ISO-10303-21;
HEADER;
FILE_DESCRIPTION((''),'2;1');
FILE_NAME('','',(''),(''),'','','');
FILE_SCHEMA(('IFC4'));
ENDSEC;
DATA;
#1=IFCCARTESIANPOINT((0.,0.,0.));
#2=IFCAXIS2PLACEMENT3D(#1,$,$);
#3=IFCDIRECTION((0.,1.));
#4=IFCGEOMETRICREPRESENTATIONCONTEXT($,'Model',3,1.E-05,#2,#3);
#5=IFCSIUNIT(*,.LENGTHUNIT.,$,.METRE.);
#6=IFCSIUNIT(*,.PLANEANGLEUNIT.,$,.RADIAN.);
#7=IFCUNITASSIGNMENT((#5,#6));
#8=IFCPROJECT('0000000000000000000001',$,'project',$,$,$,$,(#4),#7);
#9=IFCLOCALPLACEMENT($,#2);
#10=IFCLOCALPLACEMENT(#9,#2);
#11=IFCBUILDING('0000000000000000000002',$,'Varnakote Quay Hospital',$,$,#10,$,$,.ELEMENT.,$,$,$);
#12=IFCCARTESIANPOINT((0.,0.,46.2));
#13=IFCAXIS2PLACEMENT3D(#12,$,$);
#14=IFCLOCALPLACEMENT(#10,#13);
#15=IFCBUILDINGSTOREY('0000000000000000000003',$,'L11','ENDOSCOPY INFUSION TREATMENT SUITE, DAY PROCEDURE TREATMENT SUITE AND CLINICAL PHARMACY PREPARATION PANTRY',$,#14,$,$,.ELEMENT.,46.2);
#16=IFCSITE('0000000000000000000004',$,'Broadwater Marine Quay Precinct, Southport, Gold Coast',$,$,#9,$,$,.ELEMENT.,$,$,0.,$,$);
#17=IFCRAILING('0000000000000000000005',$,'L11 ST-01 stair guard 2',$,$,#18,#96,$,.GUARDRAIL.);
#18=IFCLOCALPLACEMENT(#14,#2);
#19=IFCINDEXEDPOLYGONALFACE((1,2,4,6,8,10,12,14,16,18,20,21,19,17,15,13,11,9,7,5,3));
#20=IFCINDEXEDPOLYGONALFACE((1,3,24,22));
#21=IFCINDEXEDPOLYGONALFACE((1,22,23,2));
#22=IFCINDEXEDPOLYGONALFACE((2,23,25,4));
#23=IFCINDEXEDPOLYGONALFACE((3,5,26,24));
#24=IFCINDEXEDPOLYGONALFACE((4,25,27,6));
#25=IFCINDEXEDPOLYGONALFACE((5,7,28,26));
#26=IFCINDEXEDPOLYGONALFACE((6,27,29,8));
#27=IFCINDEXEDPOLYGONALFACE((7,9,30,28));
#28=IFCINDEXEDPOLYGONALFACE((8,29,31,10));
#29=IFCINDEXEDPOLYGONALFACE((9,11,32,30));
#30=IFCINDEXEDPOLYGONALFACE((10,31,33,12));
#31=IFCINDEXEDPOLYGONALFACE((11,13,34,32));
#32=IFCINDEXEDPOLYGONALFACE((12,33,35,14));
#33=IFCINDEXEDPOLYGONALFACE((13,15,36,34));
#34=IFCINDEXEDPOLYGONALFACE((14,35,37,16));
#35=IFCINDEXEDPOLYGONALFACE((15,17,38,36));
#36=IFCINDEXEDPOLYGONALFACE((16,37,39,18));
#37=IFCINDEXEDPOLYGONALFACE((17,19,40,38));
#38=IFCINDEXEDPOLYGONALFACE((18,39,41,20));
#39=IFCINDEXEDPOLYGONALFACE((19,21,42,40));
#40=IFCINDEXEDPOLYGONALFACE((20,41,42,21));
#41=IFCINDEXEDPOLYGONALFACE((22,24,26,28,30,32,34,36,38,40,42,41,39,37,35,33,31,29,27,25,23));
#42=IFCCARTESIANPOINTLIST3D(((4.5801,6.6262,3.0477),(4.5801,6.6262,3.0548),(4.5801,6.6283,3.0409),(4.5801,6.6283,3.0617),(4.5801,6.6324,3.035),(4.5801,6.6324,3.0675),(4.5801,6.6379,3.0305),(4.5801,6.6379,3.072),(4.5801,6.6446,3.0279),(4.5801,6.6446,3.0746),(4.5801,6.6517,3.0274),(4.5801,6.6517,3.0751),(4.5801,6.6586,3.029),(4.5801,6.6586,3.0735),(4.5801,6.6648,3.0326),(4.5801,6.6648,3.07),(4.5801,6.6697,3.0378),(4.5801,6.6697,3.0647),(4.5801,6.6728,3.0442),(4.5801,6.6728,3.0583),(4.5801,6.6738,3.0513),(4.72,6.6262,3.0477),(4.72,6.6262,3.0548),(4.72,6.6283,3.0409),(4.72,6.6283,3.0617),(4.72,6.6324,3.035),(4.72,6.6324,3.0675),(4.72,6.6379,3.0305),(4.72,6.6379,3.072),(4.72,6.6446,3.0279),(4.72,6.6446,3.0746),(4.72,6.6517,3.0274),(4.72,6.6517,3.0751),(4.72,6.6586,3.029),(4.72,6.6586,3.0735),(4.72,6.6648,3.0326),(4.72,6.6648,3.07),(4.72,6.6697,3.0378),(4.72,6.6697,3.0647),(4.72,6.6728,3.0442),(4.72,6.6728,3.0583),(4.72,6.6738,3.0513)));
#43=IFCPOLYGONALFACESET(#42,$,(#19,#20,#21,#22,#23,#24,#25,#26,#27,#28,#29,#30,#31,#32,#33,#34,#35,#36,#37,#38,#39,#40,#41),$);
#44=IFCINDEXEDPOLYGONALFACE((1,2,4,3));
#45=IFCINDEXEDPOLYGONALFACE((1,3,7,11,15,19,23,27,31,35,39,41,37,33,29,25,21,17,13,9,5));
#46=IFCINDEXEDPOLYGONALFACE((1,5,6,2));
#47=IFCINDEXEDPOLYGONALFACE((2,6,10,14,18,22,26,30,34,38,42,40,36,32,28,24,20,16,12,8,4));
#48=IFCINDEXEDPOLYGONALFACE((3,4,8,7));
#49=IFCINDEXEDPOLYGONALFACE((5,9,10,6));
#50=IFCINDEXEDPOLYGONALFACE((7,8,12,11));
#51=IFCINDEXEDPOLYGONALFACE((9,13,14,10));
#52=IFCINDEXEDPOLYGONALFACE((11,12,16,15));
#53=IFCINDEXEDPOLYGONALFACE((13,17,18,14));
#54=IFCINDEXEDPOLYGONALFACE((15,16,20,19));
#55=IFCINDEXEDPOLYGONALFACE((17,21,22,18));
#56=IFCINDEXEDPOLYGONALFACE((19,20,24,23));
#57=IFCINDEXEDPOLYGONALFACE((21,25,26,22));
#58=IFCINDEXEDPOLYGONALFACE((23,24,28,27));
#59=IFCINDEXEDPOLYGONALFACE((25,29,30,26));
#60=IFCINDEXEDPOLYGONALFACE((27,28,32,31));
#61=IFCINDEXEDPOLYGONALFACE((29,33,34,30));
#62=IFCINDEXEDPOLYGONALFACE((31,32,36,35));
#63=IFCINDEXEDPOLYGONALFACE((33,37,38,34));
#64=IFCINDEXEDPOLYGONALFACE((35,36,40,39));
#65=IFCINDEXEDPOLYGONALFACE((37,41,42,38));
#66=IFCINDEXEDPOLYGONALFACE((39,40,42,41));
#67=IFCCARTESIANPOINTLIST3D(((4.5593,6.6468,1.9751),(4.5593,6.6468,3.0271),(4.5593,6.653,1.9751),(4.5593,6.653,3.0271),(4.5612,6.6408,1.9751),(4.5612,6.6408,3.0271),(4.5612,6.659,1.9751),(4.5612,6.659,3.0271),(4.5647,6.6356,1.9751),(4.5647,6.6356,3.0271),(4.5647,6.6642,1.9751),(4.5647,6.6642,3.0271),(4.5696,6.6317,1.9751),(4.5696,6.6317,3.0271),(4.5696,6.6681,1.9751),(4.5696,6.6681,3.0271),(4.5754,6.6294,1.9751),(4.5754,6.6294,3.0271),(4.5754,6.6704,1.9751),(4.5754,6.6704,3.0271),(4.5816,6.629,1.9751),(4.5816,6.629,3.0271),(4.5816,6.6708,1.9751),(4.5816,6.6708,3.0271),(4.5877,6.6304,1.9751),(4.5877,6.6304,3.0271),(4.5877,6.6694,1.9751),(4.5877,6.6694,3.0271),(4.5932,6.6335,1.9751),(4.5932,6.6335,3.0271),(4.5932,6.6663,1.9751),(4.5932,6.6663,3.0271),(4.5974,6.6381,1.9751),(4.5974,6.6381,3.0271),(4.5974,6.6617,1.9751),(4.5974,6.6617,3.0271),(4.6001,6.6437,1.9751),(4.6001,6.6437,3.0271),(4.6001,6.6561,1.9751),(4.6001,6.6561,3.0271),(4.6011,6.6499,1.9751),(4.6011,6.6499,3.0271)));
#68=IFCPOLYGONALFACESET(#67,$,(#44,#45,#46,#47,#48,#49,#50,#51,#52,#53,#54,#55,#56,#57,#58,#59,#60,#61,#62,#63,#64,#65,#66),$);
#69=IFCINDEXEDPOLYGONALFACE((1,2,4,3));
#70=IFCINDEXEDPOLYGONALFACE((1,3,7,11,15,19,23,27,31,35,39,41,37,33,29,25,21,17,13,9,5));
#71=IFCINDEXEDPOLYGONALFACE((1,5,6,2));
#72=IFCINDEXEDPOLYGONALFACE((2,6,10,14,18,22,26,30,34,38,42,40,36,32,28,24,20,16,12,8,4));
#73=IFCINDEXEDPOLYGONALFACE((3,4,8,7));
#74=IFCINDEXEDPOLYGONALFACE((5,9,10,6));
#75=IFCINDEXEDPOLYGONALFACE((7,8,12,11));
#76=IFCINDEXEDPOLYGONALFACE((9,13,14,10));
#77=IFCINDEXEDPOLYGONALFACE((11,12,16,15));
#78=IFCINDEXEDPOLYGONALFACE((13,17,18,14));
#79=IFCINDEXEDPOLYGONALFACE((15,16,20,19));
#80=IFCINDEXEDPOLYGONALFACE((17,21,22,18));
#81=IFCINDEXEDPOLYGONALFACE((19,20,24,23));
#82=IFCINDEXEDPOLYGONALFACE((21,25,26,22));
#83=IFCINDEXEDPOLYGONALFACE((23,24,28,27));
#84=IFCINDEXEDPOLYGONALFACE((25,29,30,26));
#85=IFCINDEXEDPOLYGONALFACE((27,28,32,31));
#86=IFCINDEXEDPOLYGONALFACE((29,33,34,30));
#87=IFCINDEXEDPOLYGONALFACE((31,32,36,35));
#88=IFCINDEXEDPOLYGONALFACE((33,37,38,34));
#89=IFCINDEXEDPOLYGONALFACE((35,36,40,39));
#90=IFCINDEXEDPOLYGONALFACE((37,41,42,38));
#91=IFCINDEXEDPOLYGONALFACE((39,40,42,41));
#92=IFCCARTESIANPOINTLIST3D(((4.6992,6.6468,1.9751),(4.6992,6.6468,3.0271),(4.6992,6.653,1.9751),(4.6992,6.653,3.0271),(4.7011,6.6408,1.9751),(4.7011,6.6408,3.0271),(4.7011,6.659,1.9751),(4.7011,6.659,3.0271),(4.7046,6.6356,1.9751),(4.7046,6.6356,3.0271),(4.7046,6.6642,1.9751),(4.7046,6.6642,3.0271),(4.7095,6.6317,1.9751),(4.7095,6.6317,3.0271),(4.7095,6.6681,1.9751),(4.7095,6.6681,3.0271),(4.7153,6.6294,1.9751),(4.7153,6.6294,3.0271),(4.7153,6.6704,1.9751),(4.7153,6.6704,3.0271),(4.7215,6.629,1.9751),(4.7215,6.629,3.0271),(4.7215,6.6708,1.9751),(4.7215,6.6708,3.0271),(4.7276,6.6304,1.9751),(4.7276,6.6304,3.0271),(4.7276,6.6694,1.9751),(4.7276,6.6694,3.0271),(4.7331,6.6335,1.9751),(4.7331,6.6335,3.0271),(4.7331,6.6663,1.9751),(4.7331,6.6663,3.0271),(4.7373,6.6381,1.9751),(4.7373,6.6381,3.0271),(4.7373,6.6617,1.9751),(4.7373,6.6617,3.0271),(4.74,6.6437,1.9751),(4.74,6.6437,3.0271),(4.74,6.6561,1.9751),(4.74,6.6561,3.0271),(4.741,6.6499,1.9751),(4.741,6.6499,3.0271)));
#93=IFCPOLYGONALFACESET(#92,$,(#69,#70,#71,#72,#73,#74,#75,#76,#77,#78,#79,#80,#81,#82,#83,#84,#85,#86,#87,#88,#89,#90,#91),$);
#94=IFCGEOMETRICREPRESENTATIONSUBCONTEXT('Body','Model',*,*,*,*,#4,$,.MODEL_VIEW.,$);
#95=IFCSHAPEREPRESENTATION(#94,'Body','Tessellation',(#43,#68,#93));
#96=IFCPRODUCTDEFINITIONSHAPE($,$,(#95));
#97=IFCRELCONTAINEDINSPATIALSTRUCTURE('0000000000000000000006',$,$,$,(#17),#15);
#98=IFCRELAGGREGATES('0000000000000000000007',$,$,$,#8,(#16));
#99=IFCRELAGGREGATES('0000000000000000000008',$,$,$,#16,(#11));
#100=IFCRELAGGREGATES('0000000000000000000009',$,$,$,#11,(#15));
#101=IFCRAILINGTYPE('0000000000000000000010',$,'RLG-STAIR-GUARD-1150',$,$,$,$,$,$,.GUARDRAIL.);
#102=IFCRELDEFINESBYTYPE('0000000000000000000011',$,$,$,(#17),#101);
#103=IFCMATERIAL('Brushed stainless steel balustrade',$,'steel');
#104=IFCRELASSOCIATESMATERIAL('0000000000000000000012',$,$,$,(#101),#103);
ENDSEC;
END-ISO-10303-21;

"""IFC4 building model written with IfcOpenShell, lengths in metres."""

from ifc_helpers import new_model, si_unit, direction, frame, origin, origin_2d, place, context, subcontext, project, spatial, circle, extrude, material, type_object, element, save


model = new_model("IFC4")

# Units and contexts
model_context = context("Model", 3, precision=1e-05, world=origin(), true_north=direction((0.0, 1.0)))
body_context = subcontext(model_context, "Body", "Model", "MODEL_VIEW")
ifc_project = project(units=[si_unit("LENGTHUNIT", "METRE"), si_unit("PLANEANGLEUNIT", "RADIAN")], contexts=[model_context])

# Site, building, storey
site_placement = place(None, origin())
site = spatial("IfcSite", under=ifc_project, at=site_placement, Name="Broadwater Marine Quay Precinct, Southport, Gold Coast", CompositionType="ELEMENT", RefElevation=0.0)
building_placement = place(site_placement, origin())
building = spatial("IfcBuilding", under=site, at=building_placement, Name="Varnakote Quay Hospital", CompositionType="ELEMENT")
storey_placement = place(building_placement, frame((0.0, 0.0, 46.2)))
storey = spatial("IfcBuildingStorey", under=building, at=storey_placement, Name="L11", Description="ENDOSCOPY INFUSION TREATMENT SUITE, DAY PROCEDURE TREATMENT SUITE AND CLINICAL PHARMACY PREPARATION PANTRY", CompositionType="ELEMENT", Elevation=46.2)

# Railing
ifc_material_1 = material(Name="Brushed stainless steel balustrade", Category="steel")
railing_type_1 = type_object("IfcRailingType", Name="RLG-STAIR-GUARD-1150", PredefinedType="GUARDRAIL", material=ifc_material_1)
railing_1_placement = place(storey_placement, frame((4.5801, 6.6499, 1.9751)))
element("IfcRailing", 1, at=railing_1_placement, inside=storey, type_object=railing_type_1, Name="L11 ST-01 stair guard 2", PredefinedType="GUARDRAIL", context=body_context, shape_type="SweptSolid", body=[
    extrude(circle(Radius=0.0239, at=origin_2d()), frame((0.0, 0.0, 1.0762), z_axis=(1.0, 0.0, 0.0), x_axis=(0.0, 1.0, 0.0)), (0.0, 0.0, 1.0), 0.1399),
    extrude(circle(Radius=0.021, at=origin_2d()), origin(), (0.0, 0.0, 1.0), 1.052),
    extrude(circle(Radius=0.021, at=origin_2d()), frame((0.1399, 0.0, 0.0)), (0.0, 0.0, 1.0), 1.052),
])

save(model, "model.ifc")
